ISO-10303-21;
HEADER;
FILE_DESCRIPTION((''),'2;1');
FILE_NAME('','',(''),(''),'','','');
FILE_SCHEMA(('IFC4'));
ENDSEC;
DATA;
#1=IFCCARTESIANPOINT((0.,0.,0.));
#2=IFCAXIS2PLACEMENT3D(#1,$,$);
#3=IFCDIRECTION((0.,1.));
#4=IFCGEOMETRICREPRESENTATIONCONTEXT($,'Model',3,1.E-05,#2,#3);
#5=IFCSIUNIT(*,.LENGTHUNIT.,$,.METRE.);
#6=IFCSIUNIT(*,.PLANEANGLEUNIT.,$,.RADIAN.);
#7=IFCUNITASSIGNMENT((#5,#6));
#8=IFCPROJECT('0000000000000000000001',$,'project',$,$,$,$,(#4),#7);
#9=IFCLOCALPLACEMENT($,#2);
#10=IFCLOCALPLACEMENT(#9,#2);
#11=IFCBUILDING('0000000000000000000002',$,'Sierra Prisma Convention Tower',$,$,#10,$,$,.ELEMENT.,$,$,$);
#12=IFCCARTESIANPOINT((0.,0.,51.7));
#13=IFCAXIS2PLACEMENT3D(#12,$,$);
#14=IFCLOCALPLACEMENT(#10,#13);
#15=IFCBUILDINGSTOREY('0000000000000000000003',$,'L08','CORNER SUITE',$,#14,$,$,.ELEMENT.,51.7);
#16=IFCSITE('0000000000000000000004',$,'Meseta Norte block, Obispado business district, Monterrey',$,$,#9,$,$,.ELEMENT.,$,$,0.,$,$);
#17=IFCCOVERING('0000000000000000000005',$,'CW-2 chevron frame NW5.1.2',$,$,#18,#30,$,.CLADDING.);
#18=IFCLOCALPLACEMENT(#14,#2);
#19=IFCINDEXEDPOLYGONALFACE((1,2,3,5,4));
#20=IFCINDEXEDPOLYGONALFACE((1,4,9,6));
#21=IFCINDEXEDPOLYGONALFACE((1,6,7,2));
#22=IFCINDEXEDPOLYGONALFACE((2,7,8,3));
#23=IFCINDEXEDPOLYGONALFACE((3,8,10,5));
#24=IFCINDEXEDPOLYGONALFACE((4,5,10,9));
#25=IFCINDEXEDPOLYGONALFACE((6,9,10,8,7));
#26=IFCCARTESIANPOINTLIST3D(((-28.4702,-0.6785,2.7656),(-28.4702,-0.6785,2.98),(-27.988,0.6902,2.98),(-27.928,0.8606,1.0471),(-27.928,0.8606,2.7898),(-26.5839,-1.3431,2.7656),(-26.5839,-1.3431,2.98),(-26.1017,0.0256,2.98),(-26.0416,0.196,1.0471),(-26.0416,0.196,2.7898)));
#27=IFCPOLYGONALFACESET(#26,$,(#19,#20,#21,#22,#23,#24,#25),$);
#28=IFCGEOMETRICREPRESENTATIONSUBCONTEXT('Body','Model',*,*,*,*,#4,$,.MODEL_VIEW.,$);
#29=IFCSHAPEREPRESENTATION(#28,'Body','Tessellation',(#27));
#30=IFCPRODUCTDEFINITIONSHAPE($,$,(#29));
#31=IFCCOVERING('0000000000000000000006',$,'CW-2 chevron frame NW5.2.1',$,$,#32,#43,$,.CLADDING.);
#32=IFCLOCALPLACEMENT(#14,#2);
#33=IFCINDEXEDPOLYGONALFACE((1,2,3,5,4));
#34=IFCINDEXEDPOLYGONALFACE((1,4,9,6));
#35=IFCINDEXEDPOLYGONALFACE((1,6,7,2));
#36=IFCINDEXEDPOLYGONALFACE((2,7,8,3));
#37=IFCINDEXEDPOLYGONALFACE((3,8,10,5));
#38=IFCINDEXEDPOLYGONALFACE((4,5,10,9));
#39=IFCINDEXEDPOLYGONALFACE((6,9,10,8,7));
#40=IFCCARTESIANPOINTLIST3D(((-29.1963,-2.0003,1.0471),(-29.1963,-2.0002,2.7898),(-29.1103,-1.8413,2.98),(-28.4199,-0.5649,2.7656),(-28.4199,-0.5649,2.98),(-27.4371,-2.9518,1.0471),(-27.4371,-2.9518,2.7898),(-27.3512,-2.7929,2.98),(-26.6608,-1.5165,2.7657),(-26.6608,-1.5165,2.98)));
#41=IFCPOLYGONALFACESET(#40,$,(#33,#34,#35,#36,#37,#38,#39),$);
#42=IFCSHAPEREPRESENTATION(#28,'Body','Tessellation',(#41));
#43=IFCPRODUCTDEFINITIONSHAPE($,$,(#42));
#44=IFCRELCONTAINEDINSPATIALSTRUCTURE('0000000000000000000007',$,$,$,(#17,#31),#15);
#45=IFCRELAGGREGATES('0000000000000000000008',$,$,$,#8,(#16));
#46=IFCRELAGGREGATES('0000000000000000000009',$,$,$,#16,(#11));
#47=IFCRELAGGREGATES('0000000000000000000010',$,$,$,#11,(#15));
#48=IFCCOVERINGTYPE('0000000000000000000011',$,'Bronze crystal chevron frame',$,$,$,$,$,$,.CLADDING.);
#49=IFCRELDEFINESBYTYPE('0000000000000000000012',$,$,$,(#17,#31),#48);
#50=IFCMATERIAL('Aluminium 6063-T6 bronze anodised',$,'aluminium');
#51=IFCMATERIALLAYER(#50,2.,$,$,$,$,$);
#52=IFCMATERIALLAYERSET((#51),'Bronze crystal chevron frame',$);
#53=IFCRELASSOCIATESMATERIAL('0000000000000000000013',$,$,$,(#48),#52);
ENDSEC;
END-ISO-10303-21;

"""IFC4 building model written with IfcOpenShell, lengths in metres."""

from ifc_helpers import new_model, si_unit, direction, frame, origin, place, context, subcontext, project, spatial, polyline, outline, extrude, material, layer, layer_set, type_object, element, save


model = new_model("IFC4")

# Units and contexts
model_context = context("Model", 3, precision=1e-05, world=origin(), true_north=direction((0.0, 1.0)))
body_context = subcontext(model_context, "Body", "Model", "MODEL_VIEW")
ifc_project = project(units=[si_unit("LENGTHUNIT", "METRE"), si_unit("PLANEANGLEUNIT", "RADIAN")], contexts=[model_context])

# Site, building, storey
site_placement = place(None, origin())
site = spatial("IfcSite", under=ifc_project, at=site_placement, Name="Meseta Norte block, Obispado business district, Monterrey", CompositionType="ELEMENT", RefElevation=0.0)
building_placement = place(site_placement, origin())
building = spatial("IfcBuilding", under=site, at=building_placement, Name="Sierra Prisma Convention Tower", CompositionType="ELEMENT")
storey_placement = place(building_placement, frame((0.0, 0.0, 51.7)))
storey = spatial("IfcBuildingStorey", under=building, at=storey_placement, Name="L08", Description="CORNER SUITE", CompositionType="ELEMENT", Elevation=51.7)

# Coverings
ifc_material_1 = material(Name="Aluminium 6063-T6 bronze anodised", Category="aluminium")
ifc_layer_1 = layer(ifc_material_1, 2.0)
ifc_layer_set_1 = layer_set([ifc_layer_1], Name="Bronze crystal chevron frame")
covering_type = type_object("IfcCoveringType", Name="Bronze crystal chevron frame", PredefinedType="CLADDING", material=ifc_layer_set_1)
covering_1_placement = place(storey_placement, frame((-27.928, 0.8606, 2.7898), z_axis=(-0.943176, 0.332295, -0.000009), x_axis=(0.000009, -0.000003, -1.0)))
element("IfcCovering", 1, at=covering_1_placement, inside=storey, type_object=covering_type, Name="CW-2 chevron frame NW5.1.2", PredefinedType="CLADDING", context=body_context, shape_type="SweptSolid", body=[
    extrude(outline(polyline([(0.0, 0.0), (1.7427, 0.0), (0.0242, 1.6318), (-0.1902, 1.6318), (-0.1902, 0.1807), (0.0, 0.0)])), origin(), (0.0, 0.0, -1.0), 2.0),
])
covering_2_placement = place(storey_placement, frame((-28.4199, -0.5649, 2.98), z_axis=(-0.87957, 0.475769, -0.000013), x_axis=(0.000012, -0.000006, -1.0)))
element("IfcCovering", 2, at=covering_2_placement, inside=storey, type_object=covering_type, Name="CW-2 chevron frame NW5.2.1", PredefinedType="CLADDING", context=body_context, shape_type="SweptSolid", body=[
    extrude(outline(polyline([(0.0, 0.0), (0.2144, 0.0), (1.9329, 1.6318), (0.1902, 1.6318), (0.0, 1.4511), (0.0, 0.0)])), origin(), (0.0, 0.0, -1.0), 2.0),
])

save(model, "model.ifc")
